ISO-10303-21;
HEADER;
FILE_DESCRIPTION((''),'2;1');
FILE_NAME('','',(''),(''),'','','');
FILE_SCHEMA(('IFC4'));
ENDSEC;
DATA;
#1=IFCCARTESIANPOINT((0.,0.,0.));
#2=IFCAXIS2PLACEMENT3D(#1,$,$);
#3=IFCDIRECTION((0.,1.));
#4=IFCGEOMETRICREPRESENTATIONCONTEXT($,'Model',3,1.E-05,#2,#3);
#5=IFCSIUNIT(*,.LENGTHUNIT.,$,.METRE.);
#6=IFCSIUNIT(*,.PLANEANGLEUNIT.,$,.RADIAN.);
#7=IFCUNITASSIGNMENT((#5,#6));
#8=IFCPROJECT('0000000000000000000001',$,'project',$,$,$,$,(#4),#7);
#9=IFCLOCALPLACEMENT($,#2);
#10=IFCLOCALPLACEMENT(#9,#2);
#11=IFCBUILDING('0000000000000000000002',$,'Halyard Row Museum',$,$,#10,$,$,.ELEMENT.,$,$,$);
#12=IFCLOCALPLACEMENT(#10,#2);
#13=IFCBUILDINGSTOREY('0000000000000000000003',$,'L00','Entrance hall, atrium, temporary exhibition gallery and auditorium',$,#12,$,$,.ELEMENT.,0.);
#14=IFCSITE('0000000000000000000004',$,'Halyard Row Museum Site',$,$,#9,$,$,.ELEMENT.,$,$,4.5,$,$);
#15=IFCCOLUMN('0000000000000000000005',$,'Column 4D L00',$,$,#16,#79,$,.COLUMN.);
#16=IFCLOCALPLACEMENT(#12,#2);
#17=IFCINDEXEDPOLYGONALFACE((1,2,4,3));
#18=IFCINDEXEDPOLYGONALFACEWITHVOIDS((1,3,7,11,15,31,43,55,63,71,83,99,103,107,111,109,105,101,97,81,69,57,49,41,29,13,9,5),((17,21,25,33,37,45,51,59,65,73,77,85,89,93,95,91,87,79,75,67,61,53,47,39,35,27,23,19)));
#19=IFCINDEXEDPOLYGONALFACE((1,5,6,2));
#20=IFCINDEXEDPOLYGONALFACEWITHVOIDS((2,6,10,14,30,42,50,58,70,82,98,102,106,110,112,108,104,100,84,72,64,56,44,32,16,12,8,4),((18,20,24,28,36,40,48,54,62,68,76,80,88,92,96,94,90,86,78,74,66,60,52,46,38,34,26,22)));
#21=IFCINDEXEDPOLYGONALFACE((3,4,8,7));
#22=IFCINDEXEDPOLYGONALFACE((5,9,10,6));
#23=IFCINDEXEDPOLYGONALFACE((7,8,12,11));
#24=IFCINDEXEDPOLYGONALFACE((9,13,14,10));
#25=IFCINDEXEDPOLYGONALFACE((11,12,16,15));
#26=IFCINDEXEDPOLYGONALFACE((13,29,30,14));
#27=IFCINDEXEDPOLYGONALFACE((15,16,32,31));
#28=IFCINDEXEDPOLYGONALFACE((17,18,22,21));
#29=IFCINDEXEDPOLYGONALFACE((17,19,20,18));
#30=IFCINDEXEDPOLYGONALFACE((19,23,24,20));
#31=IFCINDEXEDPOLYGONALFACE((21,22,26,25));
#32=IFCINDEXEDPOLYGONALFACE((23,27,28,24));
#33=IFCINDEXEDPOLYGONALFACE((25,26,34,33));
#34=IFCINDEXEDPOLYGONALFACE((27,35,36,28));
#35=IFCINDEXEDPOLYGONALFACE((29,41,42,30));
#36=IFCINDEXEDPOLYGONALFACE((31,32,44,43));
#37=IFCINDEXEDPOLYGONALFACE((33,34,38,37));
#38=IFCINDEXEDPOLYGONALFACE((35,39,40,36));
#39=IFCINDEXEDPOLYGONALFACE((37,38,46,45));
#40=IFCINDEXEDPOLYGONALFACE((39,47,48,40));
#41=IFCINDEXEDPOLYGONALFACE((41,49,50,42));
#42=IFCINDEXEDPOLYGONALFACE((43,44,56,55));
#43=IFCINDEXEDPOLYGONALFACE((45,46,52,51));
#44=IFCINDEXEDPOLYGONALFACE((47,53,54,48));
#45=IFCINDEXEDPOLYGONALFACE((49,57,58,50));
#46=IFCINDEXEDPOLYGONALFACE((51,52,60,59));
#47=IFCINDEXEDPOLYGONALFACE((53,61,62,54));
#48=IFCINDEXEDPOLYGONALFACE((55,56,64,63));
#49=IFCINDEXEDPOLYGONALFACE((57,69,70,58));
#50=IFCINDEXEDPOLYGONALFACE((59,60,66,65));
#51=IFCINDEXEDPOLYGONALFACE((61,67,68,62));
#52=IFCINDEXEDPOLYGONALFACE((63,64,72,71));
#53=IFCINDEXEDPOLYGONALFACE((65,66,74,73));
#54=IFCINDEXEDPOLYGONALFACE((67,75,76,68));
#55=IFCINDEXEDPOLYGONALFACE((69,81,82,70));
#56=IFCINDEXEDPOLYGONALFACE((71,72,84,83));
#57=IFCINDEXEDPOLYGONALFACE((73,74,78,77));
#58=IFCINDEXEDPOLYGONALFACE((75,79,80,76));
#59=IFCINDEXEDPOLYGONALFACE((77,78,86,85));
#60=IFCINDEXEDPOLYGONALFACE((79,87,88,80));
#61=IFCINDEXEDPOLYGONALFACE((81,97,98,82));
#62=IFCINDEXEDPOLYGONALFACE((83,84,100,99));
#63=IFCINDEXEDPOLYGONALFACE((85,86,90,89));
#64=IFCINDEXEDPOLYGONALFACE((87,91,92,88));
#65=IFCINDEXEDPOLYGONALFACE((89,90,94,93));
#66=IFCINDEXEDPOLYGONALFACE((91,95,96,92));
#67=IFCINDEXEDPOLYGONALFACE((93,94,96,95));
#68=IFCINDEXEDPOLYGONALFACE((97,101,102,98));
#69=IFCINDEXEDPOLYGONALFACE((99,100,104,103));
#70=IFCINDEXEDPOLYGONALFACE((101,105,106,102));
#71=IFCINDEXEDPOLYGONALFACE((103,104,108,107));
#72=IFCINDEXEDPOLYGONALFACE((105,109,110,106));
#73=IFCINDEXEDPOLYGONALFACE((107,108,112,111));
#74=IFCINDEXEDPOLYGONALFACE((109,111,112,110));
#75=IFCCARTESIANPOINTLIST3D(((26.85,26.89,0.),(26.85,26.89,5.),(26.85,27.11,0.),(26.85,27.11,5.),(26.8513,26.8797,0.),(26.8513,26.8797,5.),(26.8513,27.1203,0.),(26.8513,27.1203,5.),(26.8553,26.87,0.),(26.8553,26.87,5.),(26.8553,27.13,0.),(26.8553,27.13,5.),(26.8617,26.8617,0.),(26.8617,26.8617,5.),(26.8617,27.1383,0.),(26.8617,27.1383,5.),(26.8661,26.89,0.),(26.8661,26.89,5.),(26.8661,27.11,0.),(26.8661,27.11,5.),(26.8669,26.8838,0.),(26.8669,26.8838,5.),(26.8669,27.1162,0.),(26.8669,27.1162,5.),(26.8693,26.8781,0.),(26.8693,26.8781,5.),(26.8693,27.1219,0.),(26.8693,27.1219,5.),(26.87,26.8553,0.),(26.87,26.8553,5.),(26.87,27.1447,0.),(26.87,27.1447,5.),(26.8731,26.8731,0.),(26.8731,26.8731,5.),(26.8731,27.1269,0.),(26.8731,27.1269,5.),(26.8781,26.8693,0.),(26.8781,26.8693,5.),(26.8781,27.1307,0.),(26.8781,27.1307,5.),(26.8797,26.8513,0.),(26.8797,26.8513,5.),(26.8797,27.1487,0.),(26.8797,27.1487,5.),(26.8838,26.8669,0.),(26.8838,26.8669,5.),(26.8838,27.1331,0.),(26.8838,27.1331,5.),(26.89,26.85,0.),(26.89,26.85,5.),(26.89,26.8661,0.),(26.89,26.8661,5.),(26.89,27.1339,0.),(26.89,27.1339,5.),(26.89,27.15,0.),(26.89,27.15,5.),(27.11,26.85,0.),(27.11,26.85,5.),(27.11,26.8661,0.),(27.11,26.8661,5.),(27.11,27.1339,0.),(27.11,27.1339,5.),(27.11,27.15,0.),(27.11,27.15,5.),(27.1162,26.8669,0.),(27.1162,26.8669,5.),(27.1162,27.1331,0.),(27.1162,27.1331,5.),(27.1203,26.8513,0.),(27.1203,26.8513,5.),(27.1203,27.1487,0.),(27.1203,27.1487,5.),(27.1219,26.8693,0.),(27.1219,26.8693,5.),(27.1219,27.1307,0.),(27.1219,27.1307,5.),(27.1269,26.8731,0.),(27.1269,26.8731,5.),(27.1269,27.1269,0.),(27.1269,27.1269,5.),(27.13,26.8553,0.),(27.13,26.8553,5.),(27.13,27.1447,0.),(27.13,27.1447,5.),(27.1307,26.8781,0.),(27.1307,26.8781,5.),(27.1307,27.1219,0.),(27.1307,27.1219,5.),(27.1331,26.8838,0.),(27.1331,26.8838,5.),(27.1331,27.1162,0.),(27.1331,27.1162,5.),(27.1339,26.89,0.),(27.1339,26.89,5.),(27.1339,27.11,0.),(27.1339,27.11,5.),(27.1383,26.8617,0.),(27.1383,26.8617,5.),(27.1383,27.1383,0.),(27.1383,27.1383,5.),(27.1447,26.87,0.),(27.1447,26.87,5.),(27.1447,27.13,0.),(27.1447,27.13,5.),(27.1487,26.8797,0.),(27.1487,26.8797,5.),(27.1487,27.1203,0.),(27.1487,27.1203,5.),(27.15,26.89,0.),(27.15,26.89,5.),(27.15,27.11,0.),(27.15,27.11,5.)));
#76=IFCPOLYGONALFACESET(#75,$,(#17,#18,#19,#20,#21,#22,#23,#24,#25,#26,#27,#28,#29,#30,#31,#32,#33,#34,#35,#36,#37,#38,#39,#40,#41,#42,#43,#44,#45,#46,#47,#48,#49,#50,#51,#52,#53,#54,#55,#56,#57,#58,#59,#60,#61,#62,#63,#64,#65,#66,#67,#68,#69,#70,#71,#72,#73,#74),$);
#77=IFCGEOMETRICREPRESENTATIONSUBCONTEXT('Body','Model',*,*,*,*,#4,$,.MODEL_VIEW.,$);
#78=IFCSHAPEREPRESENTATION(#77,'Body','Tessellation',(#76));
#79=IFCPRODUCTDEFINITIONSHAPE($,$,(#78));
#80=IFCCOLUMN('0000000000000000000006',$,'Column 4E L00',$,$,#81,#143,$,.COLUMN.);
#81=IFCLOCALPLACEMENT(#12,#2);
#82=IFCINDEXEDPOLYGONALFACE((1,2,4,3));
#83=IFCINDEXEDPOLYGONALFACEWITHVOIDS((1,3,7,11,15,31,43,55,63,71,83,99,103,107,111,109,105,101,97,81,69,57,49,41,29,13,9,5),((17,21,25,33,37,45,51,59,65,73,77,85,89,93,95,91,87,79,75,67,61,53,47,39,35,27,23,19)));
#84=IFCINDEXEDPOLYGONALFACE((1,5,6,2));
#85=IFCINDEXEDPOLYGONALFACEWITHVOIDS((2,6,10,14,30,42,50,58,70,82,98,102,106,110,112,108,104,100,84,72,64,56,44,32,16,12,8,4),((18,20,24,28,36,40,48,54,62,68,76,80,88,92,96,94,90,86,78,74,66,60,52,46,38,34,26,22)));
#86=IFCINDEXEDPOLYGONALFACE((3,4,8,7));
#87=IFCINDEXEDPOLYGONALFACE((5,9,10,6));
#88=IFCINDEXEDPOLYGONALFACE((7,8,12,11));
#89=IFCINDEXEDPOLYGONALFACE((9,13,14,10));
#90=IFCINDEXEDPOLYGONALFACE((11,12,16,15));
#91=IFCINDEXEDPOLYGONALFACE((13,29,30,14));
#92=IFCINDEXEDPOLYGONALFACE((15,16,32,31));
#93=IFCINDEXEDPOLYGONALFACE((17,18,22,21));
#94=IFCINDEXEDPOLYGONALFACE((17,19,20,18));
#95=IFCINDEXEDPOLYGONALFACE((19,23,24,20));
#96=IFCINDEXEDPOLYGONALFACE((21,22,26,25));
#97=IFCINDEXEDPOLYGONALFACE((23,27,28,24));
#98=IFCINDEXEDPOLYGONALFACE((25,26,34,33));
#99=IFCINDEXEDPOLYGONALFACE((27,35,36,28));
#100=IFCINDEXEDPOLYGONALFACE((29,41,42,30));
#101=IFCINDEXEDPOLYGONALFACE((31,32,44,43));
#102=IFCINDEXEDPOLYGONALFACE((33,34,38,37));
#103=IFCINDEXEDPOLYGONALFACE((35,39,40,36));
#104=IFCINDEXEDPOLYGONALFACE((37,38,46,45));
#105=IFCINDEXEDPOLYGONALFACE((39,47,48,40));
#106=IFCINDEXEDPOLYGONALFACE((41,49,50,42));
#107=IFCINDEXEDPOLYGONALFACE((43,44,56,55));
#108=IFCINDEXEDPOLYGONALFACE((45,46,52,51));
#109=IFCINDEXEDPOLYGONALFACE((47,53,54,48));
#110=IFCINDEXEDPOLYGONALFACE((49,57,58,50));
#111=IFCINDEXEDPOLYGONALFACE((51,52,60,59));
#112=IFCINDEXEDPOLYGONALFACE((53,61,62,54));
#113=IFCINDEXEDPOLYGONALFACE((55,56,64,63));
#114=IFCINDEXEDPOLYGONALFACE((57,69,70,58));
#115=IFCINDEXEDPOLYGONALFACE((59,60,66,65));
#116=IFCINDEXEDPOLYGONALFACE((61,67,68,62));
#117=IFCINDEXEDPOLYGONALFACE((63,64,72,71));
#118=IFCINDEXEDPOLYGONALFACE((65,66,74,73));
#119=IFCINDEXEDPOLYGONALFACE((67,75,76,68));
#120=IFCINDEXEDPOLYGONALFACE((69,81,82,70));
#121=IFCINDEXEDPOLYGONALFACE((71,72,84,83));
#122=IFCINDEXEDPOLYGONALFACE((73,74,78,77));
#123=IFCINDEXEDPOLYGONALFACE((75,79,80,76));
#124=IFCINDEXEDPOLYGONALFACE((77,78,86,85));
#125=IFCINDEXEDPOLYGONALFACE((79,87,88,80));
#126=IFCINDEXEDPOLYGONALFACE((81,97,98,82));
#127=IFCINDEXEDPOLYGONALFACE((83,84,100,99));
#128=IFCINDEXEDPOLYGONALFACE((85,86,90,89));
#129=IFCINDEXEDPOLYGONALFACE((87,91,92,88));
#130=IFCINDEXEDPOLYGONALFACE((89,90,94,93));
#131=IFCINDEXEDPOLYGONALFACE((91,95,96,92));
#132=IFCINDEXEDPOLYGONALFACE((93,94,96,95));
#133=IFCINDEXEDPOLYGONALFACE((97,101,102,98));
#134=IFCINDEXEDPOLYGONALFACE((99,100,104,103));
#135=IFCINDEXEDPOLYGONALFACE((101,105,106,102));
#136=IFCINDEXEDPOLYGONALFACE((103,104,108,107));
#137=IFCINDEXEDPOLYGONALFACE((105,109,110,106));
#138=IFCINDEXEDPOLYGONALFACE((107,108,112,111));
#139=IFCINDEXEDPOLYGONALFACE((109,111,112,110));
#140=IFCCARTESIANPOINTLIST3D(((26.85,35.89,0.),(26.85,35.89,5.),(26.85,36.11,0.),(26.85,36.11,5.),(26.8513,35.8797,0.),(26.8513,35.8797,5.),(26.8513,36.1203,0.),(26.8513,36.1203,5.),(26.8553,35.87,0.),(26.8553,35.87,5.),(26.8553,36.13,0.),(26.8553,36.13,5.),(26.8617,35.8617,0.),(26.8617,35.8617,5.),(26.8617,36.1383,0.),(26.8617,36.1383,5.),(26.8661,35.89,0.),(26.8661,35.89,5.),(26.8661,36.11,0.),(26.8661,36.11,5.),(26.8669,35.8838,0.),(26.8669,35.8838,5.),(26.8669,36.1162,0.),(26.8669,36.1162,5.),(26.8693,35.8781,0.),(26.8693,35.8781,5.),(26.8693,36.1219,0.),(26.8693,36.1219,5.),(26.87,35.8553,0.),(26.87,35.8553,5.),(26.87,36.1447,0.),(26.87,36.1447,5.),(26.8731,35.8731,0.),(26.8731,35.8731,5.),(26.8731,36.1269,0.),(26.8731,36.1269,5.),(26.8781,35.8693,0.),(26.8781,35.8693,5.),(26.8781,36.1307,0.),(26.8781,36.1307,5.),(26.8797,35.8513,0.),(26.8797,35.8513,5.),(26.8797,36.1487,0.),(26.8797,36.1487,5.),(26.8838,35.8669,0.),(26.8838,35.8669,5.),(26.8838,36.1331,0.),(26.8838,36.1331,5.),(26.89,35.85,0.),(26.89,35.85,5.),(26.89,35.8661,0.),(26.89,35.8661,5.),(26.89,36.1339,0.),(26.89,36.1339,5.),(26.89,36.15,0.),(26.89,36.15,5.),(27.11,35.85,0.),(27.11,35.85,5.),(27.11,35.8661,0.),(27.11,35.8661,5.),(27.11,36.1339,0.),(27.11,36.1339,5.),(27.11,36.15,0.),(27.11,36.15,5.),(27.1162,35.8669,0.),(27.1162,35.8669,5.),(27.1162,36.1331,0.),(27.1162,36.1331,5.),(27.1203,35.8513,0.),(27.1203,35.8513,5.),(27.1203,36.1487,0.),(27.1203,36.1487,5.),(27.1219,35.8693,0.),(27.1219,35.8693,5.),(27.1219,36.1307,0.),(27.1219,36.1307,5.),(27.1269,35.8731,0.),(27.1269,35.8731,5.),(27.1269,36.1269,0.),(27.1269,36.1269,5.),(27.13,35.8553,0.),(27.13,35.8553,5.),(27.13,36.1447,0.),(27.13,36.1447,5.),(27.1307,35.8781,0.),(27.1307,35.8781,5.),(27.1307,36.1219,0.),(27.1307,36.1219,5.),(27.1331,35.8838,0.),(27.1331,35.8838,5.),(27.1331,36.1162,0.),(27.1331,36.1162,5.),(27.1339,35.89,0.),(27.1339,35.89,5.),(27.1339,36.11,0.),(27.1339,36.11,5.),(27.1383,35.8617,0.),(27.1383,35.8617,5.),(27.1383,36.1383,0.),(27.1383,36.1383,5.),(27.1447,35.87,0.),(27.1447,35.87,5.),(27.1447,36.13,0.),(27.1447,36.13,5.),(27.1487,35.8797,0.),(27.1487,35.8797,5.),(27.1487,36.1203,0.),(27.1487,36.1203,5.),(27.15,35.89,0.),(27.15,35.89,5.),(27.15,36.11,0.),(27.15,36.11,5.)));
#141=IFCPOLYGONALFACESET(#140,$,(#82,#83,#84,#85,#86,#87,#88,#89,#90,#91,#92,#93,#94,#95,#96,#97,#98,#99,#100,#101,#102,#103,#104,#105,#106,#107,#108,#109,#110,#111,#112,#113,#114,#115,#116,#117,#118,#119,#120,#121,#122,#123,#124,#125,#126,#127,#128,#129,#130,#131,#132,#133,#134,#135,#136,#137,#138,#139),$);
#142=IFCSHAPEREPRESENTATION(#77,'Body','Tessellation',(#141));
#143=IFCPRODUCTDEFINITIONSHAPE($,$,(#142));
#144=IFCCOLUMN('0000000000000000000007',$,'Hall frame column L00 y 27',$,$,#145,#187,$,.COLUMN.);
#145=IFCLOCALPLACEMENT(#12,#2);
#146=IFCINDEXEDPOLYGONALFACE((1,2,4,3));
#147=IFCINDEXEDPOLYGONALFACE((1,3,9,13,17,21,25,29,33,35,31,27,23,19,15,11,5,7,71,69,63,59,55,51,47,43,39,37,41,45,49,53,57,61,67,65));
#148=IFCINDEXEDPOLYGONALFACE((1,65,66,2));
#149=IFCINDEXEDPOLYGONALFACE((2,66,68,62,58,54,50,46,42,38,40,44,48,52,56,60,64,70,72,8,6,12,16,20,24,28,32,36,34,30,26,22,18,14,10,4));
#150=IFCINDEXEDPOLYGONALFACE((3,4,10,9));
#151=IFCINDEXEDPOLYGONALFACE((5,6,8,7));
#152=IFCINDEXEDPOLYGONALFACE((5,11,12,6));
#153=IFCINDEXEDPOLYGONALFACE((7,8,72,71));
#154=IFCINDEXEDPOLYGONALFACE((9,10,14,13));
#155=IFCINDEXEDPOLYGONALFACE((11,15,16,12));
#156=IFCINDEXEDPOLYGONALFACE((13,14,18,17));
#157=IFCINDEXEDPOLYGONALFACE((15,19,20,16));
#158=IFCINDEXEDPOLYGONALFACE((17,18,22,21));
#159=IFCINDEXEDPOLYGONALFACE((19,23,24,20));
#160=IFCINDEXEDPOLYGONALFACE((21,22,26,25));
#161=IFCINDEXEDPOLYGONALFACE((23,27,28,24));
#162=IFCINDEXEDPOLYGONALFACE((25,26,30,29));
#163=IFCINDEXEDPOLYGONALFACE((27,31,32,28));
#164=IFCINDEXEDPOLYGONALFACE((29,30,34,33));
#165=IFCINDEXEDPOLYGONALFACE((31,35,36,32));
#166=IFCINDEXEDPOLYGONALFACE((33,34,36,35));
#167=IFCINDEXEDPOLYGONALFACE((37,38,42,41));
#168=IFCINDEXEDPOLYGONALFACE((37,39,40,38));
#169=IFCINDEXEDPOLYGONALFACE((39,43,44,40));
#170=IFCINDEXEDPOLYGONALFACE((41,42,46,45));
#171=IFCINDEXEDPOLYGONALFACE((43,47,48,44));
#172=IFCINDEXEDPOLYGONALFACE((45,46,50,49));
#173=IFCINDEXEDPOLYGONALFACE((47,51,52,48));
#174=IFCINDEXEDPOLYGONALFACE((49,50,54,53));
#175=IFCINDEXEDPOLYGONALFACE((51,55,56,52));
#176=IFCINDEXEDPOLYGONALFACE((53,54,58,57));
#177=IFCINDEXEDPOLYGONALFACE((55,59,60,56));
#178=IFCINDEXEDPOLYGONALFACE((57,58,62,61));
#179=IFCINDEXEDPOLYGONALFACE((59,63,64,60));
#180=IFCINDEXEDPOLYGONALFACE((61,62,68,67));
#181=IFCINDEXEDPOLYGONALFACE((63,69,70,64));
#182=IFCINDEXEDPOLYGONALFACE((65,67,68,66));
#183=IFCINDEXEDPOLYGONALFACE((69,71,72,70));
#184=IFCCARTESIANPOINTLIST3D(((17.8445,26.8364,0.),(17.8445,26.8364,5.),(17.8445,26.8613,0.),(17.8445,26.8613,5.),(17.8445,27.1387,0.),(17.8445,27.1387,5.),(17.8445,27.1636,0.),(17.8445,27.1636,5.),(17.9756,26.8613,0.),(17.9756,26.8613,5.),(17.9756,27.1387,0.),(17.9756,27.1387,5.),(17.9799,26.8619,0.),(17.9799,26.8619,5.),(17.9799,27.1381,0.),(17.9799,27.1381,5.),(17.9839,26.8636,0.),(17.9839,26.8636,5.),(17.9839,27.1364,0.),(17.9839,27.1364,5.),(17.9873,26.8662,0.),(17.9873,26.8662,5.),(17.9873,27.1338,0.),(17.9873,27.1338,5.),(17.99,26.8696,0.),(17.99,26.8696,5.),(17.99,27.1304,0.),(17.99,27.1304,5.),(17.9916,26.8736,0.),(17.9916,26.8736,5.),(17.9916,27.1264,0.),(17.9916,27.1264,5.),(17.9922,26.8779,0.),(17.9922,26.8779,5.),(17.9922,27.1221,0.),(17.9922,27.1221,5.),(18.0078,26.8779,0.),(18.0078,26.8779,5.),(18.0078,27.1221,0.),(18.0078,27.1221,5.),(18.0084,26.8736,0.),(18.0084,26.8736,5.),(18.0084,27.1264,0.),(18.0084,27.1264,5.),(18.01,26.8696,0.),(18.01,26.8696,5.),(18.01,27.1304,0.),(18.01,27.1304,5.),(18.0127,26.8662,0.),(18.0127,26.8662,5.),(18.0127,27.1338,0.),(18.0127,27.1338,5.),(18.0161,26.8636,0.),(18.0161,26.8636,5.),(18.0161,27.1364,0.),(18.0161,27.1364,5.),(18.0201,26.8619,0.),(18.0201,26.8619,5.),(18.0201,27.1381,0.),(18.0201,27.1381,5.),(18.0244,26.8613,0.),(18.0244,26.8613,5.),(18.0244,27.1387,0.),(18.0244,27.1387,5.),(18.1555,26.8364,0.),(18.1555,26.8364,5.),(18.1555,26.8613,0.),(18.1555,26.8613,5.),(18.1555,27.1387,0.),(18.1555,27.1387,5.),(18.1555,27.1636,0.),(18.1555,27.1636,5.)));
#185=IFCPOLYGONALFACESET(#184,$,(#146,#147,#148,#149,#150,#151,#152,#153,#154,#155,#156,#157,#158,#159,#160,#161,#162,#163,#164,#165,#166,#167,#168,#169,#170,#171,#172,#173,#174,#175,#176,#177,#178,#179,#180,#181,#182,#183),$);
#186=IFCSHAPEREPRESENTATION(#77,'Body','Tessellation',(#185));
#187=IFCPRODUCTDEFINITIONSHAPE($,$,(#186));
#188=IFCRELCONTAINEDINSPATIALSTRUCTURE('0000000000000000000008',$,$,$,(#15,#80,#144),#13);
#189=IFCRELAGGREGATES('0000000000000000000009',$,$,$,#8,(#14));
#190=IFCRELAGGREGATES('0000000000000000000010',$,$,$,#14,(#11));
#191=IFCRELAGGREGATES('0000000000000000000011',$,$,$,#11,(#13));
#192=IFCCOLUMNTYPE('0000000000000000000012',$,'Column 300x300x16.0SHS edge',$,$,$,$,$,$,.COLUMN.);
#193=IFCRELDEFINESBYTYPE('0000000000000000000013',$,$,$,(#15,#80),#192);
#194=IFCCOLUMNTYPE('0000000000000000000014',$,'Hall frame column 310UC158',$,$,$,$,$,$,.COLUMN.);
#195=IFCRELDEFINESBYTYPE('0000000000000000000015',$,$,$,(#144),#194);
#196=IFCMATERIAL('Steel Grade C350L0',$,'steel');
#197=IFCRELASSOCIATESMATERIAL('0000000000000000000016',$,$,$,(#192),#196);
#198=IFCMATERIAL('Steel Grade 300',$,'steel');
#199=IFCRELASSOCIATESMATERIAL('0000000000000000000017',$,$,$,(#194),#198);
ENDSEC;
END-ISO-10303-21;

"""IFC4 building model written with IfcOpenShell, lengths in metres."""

from ifc_helpers import new_model, si_unit, direction, frame, origin, origin_2d, place, context, subcontext, project, spatial, hollow_rectangle, i_section, extrude, material, material_profile, profile_set, type_object, element, save


model = new_model("IFC4")

# Units and contexts
model_context = context("Model", 3, precision=1e-05, world=origin(), true_north=direction((0.0, 1.0)))
body_context = subcontext(model_context, "Body", "Model", "MODEL_VIEW")
ifc_project = project(units=[si_unit("LENGTHUNIT", "METRE"), si_unit("PLANEANGLEUNIT", "RADIAN")], contexts=[model_context])

# Site, building, storey
site_placement = place(None, origin())
site = spatial("IfcSite", under=ifc_project, at=site_placement, Name="Halyard Row Museum Site", CompositionType="ELEMENT", RefElevation=4.5)
building_placement = place(site_placement, origin())
building = spatial("IfcBuilding", under=site, at=building_placement, Name="Halyard Row Museum", CompositionType="ELEMENT")
storey_placement = place(building_placement, origin())
storey = spatial("IfcBuildingStorey", under=building, at=storey_placement, Name="L00", Description="Entrance hall, atrium, temporary exhibition gallery and auditorium", CompositionType="ELEMENT", Elevation=0.0)

# Columns
ifc_material_1 = material(Name="Steel Grade C350L0", Category="steel")
ifc_material_profile_1 = material_profile(ifc_material_1, hollow_rectangle(XDim=0.3, YDim=0.3, WallThickness=0.0161, InnerFilletRadius=0.0239, OuterFilletRadius=0.04, at=origin_2d()), Name="300x300x16.0SHS")
ifc_profile_set_1 = profile_set([ifc_material_profile_1], Name="Steel Grade C350L0")
column_type_1 = type_object("IfcColumnType", Name="Column 300x300x16.0SHS edge", PredefinedType="COLUMN", material=ifc_profile_set_1)
for number, where, z_axis, x_axis, name in (
    (1, (27.0, 27.0, 0.0), (0.0, 0.0, 1.0), (1.0, 0.0, 0.0), "Column 4D L00"),
    (2, (27.0, 36.0, 0.0), (0.0, 0.0, 1.0), (1.0, 0.0, 0.0), "Column 4E L00"),
):
    element("IfcColumn", number, at=place(storey_placement, frame(where, z_axis=z_axis, x_axis=x_axis)), inside=storey, type_object=column_type_1, Name=name, PredefinedType="COLUMN", context=body_context, shape_type="SweptSolid", body=[
        extrude(hollow_rectangle(XDim=0.3, YDim=0.3, WallThickness=0.0161, InnerFilletRadius=0.0239, OuterFilletRadius=0.04, at=origin_2d()), origin(), (0.0, 0.0, 1.0), 5.0),
    ])
ifc_material_2 = material(Name="Steel Grade 300", Category="steel")
ifc_material_profile_2 = material_profile(ifc_material_2, i_section(OverallWidth=0.311, OverallDepth=0.3271, WebThickness=0.0156, FlangeThickness=0.0249, FilletRadius=0.0166, at=origin_2d()), Name="310UC158")
ifc_profile_set_2 = profile_set([ifc_material_profile_2], Name="Steel Grade 300")
column_type_2 = type_object("IfcColumnType", Name="Hall frame column 310UC158", PredefinedType="COLUMN", material=ifc_profile_set_2)
column_placement = place(storey_placement, frame((18.0, 27.0, 0.0), z_axis=(0.0, 0.0, 1.0), x_axis=(1.0, 0.0, 0.0)))
element("IfcColumn", 3, at=column_placement, inside=storey, type_object=column_type_2, Name="Hall frame column L00 y 27", PredefinedType="COLUMN", context=body_context, shape_type="SweptSolid", body=[
    extrude(i_section(OverallWidth=0.311, OverallDepth=0.3271, WebThickness=0.0156, FlangeThickness=0.0249, FilletRadius=0.0166, at=origin_2d()), origin(), (0.0, 0.0, 1.0), 5.0),
])

save(model, "model.ifc")
